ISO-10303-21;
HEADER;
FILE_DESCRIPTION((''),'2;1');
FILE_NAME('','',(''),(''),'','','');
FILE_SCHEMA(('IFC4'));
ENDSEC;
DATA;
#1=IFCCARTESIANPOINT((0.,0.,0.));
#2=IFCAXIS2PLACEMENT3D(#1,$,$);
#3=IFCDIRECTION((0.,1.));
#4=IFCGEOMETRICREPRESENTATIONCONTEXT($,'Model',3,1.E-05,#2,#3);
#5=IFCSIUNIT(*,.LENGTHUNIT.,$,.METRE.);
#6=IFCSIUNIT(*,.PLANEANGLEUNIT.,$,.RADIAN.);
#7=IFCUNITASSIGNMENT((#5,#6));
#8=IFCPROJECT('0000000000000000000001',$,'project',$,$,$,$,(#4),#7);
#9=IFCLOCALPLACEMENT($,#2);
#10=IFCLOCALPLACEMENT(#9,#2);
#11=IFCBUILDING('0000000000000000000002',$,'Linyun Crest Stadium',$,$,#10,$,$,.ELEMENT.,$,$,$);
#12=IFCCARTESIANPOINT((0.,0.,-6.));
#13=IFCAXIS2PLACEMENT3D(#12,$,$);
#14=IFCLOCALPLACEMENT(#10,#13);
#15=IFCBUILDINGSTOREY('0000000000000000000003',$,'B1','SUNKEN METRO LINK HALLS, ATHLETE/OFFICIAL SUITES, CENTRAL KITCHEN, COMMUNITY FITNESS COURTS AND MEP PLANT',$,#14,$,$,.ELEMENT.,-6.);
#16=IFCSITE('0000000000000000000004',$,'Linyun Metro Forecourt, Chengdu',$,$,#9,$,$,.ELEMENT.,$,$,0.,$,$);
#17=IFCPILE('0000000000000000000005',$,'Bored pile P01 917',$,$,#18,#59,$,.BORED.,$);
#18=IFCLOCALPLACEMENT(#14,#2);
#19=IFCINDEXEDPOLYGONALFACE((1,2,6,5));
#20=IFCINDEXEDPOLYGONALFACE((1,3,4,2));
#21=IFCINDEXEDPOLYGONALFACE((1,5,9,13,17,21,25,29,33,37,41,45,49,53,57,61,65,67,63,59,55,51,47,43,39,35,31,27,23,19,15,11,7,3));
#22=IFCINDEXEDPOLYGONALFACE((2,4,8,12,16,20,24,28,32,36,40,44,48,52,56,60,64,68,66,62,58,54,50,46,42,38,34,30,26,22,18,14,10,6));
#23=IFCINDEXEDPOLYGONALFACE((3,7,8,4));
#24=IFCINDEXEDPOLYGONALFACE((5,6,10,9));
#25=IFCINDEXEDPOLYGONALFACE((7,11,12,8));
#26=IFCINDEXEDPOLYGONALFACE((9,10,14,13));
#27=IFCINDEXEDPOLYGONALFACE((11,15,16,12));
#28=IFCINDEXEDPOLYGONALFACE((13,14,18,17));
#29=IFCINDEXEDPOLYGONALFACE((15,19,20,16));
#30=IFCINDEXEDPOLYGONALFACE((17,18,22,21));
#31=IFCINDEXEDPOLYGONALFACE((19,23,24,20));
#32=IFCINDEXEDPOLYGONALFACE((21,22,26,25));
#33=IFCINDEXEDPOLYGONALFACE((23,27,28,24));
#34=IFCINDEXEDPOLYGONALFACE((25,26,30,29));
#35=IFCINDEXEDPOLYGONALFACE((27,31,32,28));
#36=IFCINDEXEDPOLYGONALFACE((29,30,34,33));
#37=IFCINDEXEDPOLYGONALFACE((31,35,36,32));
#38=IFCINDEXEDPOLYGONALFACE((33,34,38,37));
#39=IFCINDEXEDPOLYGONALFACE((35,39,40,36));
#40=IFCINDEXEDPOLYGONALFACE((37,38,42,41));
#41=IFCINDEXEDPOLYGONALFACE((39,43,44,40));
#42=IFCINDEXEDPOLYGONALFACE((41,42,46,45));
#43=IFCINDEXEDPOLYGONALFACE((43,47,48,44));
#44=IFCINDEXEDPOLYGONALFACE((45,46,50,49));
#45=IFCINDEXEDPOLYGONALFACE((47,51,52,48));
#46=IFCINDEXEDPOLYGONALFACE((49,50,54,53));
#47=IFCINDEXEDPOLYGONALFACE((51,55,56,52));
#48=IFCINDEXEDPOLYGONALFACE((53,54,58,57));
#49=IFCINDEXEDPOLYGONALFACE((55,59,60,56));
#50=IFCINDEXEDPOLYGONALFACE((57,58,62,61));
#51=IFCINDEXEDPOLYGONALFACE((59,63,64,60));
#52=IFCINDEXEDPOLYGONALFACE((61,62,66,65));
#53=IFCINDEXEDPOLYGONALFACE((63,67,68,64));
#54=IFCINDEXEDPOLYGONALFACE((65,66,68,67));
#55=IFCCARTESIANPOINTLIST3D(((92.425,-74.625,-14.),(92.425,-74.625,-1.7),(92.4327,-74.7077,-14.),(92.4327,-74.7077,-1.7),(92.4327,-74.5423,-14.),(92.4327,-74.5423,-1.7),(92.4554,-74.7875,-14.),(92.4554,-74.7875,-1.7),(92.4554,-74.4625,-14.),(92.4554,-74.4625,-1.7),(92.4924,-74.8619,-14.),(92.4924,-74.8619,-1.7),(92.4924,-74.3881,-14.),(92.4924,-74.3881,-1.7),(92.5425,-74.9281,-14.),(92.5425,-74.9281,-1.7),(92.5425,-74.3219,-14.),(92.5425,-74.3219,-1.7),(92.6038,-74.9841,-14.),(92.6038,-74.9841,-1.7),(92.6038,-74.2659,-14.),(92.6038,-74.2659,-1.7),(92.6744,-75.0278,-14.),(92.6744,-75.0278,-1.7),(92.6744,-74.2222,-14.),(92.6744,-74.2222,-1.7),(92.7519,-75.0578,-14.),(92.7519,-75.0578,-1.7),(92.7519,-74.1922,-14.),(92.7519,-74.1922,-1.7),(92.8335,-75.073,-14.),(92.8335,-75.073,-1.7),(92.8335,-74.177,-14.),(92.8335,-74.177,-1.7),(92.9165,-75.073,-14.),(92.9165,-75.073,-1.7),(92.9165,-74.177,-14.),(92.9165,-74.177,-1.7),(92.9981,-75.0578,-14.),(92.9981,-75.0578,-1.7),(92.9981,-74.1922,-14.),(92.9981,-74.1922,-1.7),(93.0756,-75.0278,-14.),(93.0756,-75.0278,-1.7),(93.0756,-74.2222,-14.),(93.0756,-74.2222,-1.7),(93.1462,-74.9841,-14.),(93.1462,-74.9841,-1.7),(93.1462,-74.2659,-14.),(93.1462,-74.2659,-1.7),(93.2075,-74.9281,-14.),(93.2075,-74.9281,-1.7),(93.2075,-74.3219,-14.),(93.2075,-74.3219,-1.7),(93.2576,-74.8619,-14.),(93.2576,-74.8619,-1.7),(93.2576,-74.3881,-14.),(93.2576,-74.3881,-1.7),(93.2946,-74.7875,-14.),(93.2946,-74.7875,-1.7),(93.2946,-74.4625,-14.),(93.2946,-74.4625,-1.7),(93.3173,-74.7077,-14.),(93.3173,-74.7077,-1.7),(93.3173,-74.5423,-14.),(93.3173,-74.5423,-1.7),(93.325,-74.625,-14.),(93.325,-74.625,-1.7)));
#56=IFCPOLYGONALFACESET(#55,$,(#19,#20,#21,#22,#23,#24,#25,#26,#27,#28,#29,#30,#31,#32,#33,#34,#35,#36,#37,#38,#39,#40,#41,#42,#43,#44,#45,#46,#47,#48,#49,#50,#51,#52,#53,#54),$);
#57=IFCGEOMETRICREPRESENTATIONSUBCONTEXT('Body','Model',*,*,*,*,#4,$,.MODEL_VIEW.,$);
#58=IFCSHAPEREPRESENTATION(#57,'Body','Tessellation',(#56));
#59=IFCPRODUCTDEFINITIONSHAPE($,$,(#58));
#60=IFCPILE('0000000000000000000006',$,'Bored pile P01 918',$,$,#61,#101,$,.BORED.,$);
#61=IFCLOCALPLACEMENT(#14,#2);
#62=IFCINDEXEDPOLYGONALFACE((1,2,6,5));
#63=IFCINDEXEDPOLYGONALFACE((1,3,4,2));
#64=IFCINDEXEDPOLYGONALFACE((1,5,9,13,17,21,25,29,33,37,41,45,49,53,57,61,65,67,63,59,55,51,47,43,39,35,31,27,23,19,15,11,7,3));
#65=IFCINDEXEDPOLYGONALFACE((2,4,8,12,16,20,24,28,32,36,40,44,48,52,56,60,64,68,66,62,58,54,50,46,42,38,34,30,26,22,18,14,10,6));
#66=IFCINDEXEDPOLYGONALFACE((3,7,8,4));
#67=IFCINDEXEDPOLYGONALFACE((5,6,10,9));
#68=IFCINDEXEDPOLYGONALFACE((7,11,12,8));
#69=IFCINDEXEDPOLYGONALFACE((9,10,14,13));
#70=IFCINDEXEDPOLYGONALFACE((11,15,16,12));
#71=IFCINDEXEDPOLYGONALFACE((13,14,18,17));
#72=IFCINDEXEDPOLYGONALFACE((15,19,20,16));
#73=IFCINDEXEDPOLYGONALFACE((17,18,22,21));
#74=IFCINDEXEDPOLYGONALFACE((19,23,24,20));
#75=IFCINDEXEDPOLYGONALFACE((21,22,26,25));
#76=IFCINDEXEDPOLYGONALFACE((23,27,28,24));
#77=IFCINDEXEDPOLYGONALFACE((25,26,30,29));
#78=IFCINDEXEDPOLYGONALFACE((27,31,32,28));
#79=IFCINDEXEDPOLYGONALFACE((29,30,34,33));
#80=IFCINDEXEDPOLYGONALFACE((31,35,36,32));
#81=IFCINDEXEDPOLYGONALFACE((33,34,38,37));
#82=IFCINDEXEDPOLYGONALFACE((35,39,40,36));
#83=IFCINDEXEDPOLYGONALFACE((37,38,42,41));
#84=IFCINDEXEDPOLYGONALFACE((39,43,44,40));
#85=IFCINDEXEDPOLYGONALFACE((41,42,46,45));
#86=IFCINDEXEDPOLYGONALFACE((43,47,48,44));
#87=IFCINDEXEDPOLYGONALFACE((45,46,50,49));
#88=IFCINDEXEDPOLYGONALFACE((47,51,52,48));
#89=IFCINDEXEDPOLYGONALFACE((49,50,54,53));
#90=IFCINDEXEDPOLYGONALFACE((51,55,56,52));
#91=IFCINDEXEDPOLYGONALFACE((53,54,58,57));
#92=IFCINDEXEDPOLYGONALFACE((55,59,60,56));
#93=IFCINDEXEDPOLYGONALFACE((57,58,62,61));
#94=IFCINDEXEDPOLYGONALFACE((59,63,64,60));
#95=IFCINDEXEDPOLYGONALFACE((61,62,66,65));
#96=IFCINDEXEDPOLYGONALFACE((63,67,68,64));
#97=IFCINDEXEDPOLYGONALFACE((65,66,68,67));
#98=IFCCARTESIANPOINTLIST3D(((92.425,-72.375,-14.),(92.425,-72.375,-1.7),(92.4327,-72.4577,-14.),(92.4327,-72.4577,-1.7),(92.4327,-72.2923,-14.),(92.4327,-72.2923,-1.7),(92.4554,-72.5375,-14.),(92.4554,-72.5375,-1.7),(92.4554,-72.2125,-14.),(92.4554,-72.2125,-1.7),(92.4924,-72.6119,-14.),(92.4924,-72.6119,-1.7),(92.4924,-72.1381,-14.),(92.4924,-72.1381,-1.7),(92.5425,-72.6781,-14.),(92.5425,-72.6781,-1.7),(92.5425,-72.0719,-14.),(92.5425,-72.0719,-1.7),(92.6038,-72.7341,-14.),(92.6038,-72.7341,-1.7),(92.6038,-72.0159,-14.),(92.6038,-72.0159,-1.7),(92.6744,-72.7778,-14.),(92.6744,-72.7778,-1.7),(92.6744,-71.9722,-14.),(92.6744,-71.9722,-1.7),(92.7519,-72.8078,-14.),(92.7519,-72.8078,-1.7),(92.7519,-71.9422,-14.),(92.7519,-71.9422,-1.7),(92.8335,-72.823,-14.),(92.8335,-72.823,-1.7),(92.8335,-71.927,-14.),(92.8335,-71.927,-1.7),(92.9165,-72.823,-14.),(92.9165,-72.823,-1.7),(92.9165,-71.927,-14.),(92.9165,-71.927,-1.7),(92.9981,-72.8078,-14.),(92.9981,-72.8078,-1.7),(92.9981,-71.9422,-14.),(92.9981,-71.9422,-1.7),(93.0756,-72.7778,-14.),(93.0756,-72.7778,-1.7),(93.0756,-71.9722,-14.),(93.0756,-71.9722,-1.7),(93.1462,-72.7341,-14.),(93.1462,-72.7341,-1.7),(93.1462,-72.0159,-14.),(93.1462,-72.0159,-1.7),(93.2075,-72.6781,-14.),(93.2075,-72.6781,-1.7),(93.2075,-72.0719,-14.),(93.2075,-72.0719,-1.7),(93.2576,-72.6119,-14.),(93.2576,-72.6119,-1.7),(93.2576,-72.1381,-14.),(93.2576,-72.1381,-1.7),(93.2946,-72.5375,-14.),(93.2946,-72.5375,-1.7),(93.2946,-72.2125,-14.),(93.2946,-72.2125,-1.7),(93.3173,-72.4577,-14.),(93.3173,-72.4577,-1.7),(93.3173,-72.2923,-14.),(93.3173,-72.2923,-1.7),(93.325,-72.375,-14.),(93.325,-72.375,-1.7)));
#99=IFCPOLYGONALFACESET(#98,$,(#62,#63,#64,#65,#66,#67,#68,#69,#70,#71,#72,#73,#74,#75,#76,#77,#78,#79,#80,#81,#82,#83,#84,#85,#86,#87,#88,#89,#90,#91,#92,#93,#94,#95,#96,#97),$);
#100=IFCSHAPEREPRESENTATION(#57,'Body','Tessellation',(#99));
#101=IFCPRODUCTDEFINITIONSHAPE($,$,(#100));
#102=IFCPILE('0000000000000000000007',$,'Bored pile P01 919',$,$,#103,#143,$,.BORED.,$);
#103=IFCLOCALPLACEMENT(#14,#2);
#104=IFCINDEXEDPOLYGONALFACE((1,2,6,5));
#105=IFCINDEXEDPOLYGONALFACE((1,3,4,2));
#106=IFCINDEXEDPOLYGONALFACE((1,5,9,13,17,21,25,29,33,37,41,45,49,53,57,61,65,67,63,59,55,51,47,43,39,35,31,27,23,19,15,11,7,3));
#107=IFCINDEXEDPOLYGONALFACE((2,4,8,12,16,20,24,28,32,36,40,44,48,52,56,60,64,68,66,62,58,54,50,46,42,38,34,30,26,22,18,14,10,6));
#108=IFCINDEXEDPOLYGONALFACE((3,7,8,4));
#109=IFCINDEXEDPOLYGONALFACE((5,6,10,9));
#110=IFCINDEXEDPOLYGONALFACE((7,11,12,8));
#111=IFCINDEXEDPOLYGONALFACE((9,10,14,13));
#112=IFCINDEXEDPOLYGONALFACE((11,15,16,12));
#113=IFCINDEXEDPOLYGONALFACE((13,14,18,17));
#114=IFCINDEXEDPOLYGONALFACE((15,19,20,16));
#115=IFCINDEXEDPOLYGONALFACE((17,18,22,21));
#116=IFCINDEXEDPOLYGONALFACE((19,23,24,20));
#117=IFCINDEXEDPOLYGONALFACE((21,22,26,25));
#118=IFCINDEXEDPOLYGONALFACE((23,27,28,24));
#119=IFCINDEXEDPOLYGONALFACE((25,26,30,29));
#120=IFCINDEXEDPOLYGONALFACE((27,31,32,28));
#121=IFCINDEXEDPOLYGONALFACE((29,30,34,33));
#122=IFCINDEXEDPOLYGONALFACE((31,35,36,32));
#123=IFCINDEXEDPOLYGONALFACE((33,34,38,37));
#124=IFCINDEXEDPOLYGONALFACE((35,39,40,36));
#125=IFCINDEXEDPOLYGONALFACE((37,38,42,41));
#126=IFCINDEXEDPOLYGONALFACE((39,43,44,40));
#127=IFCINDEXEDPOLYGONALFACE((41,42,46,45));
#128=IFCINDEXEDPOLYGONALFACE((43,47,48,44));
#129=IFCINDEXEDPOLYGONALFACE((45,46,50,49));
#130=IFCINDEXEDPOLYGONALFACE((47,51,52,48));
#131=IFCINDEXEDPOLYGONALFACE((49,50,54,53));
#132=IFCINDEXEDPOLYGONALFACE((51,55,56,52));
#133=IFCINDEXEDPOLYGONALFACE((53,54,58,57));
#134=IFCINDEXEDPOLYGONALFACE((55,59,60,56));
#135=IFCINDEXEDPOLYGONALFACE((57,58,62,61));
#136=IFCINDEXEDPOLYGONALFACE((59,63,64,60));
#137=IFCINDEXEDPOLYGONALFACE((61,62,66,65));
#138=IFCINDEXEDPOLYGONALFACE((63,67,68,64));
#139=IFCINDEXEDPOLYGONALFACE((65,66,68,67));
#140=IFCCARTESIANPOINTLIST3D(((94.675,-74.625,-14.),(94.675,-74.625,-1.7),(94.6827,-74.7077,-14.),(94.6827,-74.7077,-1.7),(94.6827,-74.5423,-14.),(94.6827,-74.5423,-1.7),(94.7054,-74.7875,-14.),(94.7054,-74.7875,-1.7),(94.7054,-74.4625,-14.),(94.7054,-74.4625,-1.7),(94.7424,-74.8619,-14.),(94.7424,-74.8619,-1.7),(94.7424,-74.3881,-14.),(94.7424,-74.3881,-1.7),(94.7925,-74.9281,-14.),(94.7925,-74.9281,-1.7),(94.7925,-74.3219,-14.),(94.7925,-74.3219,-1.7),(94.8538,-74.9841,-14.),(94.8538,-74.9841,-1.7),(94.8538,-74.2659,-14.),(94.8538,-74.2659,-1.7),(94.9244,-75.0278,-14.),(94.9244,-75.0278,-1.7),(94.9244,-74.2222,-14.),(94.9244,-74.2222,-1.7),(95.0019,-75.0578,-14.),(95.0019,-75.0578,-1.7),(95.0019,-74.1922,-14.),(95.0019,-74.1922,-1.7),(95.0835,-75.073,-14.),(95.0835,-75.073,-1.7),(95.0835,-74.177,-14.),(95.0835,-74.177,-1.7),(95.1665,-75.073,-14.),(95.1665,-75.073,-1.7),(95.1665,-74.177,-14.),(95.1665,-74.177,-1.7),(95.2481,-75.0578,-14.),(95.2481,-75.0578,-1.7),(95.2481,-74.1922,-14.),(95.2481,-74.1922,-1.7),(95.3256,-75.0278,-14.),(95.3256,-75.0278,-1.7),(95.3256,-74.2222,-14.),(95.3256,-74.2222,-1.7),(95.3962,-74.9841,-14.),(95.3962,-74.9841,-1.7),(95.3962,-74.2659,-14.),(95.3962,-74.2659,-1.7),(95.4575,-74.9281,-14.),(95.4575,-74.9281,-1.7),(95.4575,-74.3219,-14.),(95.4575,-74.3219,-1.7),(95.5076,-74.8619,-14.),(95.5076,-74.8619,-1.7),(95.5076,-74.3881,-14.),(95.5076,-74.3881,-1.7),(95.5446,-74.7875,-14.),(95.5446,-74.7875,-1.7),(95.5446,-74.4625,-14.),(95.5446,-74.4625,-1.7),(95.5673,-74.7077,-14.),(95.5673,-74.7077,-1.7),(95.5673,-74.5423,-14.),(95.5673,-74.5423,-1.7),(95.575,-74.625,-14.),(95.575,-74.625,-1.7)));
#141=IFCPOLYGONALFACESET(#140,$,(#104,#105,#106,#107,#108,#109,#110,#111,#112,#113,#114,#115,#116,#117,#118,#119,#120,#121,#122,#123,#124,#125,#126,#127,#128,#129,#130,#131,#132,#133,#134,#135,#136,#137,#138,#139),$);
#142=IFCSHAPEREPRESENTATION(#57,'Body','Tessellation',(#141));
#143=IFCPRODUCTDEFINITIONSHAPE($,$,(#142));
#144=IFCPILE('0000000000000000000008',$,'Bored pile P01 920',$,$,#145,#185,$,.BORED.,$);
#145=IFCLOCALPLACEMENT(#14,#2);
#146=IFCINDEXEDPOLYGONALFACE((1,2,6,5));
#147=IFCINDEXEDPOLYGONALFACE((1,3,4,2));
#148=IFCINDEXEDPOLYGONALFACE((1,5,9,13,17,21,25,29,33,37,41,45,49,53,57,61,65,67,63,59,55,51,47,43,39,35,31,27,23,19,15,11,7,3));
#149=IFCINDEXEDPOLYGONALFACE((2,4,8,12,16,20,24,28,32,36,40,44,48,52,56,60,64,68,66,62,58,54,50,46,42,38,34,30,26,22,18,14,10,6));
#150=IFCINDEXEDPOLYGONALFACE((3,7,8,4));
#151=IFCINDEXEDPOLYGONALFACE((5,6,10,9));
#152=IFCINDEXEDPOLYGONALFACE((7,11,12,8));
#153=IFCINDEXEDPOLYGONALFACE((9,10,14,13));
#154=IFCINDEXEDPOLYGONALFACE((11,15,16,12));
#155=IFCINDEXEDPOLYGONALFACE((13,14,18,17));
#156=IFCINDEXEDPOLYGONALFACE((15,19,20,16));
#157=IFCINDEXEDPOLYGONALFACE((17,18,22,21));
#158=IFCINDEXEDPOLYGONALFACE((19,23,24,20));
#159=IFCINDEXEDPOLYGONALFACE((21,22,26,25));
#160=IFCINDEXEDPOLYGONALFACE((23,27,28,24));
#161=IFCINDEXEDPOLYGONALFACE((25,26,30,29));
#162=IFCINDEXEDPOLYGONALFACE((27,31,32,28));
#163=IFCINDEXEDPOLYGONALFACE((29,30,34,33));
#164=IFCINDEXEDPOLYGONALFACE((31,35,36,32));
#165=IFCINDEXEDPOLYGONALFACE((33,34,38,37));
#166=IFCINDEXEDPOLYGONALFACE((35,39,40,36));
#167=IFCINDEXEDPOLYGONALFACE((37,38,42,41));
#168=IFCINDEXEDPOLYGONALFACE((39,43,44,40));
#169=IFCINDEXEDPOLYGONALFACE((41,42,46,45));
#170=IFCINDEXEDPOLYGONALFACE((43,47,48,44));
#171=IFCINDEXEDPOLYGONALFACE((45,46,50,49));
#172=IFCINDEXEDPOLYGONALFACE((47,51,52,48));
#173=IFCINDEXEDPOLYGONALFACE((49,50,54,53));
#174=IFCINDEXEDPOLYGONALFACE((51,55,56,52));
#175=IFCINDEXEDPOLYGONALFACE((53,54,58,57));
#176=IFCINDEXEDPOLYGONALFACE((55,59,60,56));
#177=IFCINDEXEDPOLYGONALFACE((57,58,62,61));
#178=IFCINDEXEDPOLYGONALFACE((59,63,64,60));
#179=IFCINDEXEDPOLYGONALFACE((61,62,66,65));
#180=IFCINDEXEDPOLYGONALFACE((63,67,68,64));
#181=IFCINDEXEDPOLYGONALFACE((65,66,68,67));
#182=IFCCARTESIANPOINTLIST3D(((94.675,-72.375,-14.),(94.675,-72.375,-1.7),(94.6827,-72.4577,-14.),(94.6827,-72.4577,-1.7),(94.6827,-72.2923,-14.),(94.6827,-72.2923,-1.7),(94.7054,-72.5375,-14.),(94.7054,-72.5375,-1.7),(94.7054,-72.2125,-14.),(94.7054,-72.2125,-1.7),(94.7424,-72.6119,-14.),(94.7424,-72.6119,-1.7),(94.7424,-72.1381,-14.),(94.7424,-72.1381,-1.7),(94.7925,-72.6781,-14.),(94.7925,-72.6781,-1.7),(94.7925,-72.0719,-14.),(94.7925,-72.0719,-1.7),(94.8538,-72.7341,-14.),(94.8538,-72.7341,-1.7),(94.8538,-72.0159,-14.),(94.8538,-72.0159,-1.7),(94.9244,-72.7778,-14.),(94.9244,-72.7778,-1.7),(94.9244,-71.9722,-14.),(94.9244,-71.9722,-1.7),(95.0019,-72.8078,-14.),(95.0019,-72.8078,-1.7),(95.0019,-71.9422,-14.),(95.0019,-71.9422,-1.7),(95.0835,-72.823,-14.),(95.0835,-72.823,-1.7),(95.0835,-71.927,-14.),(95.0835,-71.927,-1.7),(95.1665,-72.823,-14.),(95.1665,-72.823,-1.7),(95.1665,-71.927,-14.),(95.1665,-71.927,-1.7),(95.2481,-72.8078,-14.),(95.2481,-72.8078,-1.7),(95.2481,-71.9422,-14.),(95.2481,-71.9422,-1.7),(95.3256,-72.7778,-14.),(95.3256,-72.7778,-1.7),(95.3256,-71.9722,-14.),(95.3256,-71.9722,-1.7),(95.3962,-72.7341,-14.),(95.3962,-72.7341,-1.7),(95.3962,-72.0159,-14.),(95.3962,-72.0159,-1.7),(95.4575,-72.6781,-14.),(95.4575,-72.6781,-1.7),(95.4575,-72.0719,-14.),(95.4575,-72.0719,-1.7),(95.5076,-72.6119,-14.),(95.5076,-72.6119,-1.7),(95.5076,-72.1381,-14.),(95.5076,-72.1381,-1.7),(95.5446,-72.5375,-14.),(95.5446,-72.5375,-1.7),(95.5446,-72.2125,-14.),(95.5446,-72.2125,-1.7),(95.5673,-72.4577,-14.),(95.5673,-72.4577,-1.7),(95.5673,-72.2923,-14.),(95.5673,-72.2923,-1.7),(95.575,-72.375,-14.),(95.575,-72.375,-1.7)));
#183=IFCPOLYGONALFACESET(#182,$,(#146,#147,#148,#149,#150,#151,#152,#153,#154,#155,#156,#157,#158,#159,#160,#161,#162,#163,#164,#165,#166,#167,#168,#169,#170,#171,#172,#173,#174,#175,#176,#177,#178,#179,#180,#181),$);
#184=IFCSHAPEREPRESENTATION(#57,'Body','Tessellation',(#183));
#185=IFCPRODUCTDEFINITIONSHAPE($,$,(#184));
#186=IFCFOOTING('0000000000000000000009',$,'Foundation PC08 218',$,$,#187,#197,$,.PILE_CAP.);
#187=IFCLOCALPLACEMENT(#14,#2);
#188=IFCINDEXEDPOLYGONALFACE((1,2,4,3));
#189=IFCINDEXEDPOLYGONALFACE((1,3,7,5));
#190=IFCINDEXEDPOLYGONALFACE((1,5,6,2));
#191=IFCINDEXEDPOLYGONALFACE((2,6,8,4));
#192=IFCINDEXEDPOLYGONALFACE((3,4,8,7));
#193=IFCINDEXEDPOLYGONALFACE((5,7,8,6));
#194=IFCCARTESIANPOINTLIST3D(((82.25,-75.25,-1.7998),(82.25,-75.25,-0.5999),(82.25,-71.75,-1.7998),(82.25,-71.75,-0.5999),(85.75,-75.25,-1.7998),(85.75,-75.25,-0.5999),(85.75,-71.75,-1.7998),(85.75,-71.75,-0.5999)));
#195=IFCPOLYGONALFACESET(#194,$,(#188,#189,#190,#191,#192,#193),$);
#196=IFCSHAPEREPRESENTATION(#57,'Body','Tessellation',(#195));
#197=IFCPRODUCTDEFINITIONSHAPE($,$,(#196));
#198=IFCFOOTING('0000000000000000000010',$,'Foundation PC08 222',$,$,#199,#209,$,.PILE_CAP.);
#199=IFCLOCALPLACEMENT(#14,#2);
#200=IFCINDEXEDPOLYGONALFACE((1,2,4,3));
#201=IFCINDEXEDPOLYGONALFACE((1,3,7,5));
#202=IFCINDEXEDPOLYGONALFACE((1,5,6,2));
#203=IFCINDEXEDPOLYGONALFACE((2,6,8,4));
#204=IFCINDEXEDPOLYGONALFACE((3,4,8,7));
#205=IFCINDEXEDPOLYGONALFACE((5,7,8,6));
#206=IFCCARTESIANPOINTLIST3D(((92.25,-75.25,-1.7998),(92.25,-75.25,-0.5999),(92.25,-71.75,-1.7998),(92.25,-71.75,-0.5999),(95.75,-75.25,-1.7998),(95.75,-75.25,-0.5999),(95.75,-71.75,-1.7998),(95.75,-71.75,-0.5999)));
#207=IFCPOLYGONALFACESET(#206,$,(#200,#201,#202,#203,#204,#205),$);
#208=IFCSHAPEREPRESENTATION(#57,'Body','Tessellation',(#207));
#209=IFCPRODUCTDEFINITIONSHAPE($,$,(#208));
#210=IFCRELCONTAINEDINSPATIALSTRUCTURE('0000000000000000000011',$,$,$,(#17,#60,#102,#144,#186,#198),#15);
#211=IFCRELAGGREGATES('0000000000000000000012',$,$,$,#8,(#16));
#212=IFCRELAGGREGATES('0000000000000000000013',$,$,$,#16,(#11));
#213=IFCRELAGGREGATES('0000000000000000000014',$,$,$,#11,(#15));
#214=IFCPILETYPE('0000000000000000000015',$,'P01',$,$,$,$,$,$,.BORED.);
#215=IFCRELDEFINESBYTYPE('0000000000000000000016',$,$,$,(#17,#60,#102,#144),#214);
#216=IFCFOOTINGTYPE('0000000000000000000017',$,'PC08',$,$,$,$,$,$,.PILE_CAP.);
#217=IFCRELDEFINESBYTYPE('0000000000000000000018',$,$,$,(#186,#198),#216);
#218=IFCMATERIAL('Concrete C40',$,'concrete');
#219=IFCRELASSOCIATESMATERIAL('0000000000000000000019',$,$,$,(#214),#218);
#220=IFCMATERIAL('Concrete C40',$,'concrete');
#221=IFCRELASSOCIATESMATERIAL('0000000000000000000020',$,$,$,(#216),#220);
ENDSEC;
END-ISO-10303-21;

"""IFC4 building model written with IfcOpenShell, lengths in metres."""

from ifc_helpers import new_model, si_unit, direction, frame, origin, origin_2d, place, context, subcontext, project, spatial, rectangle, circle, extrude, material, material_profile, profile_set, type_object, element, save


model = new_model("IFC4")

# Units and contexts
model_context = context("Model", 3, precision=1e-05, world=origin(), true_north=direction((0.0, 1.0)))
body_context = subcontext(model_context, "Body", "Model", "MODEL_VIEW")
ifc_project = project(units=[si_unit("LENGTHUNIT", "METRE"), si_unit("PLANEANGLEUNIT", "RADIAN")], contexts=[model_context])

# Site, building, storey
site_placement = place(None, origin())
site = spatial("IfcSite", under=ifc_project, at=site_placement, Name="Linyun Metro Forecourt, Chengdu", CompositionType="ELEMENT", RefElevation=0.0)
building_placement = place(site_placement, origin())
building = spatial("IfcBuilding", under=site, at=building_placement, Name="Linyun Crest Stadium", CompositionType="ELEMENT")
storey_placement = place(building_placement, frame((0.0, 0.0, -6.0)))
storey = spatial("IfcBuildingStorey", under=building, at=storey_placement, Name="B1", Description="SUNKEN METRO LINK HALLS, ATHLETE/OFFICIAL SUITES, CENTRAL KITCHEN, COMMUNITY FITNESS COURTS AND MEP PLANT", CompositionType="ELEMENT", Elevation=-6.0)

# Piles
ifc_material_1 = material(Name="Concrete C40", Category="concrete")
ifc_material_profile_1 = material_profile(ifc_material_1, circle(Radius=0.45, at=origin_2d()), Name="BORED PILE 900")
ifc_profile_set_1 = profile_set([ifc_material_profile_1], Name="Concrete C40")
pile_type = type_object("IfcPileType", Name="P01", PredefinedType="BORED", material=ifc_profile_set_1)
for number, where, z_axis, x_axis, name in (
    (1, (92.875, -74.625, -1.7), (0.0, 0.0, -1.0), (1.0, 0.0, 0.0), "Bored pile P01 917"),
    (2, (92.875, -72.375, -1.7), (0.0, 0.0, -1.0), (1.0, 0.0, 0.0), "Bored pile P01 918"),
    (3, (95.125, -74.625, -1.7), (0.0, 0.0, -1.0), (1.0, 0.0, 0.0), "Bored pile P01 919"),
    (4, (95.125, -72.375, -1.7), (0.0, 0.0, -1.0), (1.0, 0.0, 0.0), "Bored pile P01 920"),
):
    element("IfcPile", number, at=place(storey_placement, frame(where, z_axis=z_axis, x_axis=x_axis)), inside=storey, type_object=pile_type, Name=name, PredefinedType="BORED", context=body_context, shape_type="SweptSolid", body=[
        extrude(circle(Radius=0.45, at=origin_2d()), origin(), (0.0, 0.0, 1.0), 12.3),
    ])

# Footings
ifc_material_2 = material(Name="Concrete C40", Category="concrete")
footing_type_1 = type_object("IfcFootingType", Name="PC08", PredefinedType="PILE_CAP", material=ifc_material_2)
for number, where, z_axis, x_axis, name in (
    (5, (84.0, -73.5, -1.7998), (0.0, 0.0, 1.0), (1.0, 0.0, 0.0), "Foundation PC08 218"),
    (6, (94.0, -73.5, -1.7998), (0.0, 0.0, 1.0), (1.0, 0.0, 0.0), "Foundation PC08 222"),
):
    element("IfcFooting", number, at=place(storey_placement, frame(where, z_axis=z_axis, x_axis=x_axis)), inside=storey, type_object=footing_type_1, Name=name, PredefinedType="PILE_CAP", context=body_context, shape_type="SweptSolid", body=[
        extrude(rectangle(XDim=3.5, YDim=3.5, at=origin_2d()), origin(), (0.0, 0.0, 1.0), 1.2),
    ])

save(model, "model.ifc")
